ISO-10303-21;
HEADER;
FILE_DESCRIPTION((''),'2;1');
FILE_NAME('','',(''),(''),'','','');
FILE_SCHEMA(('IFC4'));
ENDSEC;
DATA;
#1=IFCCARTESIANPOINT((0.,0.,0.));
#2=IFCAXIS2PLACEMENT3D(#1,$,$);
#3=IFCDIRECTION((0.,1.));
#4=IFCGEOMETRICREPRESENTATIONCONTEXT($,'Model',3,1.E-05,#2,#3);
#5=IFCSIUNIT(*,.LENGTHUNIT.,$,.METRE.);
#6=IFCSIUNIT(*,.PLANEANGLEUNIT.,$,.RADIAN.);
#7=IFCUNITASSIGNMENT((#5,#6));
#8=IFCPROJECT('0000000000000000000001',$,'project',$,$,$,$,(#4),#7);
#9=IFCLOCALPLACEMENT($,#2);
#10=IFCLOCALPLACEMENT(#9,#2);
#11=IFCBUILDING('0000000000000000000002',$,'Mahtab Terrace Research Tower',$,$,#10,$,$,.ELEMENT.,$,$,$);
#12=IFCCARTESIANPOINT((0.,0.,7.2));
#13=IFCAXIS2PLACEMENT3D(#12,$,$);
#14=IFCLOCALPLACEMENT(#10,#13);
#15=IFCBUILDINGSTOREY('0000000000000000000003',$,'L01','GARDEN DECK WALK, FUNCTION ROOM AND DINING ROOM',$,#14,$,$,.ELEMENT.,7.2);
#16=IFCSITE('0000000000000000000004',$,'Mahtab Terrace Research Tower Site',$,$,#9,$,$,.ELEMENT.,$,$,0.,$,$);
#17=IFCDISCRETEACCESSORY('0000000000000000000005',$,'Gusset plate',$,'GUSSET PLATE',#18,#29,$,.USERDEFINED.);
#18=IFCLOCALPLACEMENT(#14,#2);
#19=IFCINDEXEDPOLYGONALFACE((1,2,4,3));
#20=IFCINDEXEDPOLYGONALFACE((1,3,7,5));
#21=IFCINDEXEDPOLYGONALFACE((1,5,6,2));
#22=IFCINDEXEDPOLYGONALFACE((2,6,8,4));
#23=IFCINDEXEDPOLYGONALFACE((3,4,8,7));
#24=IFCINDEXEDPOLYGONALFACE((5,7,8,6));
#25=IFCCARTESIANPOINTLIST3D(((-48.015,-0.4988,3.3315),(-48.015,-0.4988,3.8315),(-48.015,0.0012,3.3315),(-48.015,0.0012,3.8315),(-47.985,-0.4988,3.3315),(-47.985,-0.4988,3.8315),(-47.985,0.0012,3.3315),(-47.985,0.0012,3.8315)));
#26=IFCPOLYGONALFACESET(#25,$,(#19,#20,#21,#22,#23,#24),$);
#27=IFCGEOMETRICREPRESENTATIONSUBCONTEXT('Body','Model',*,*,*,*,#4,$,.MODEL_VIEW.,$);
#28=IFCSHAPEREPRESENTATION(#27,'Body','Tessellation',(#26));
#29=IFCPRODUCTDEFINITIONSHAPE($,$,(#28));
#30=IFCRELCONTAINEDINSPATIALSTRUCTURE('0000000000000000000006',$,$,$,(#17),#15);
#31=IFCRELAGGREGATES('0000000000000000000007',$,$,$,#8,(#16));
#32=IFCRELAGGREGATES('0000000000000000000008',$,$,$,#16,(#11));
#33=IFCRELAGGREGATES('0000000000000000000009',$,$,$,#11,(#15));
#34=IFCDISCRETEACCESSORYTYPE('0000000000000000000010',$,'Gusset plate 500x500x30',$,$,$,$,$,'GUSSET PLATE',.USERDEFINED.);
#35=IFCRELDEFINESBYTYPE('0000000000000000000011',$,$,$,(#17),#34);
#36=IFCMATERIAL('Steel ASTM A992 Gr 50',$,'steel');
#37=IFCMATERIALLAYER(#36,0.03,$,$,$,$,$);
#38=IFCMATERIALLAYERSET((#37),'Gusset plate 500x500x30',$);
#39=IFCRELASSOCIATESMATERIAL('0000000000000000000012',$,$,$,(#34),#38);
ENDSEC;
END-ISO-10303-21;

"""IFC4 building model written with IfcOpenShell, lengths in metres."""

from ifc_helpers import new_model, si_unit, direction, frame, origin, origin_2d, place, context, subcontext, project, spatial, rectangle, extrude, material, layer, layer_set, type_object, element, save


model = new_model("IFC4")

# Units and contexts
model_context = context("Model", 3, precision=1e-05, world=origin(), true_north=direction((0.0, 1.0)))
body_context = subcontext(model_context, "Body", "Model", "MODEL_VIEW")
ifc_project = project(units=[si_unit("LENGTHUNIT", "METRE"), si_unit("PLANEANGLEUNIT", "RADIAN")], contexts=[model_context])

# Site, building, storey
site_placement = place(None, origin())
site = spatial("IfcSite", under=ifc_project, at=site_placement, Name="Mahtab Terrace Research Tower Site", CompositionType="ELEMENT", RefElevation=0.0)
building_placement = place(site_placement, origin())
building = spatial("IfcBuilding", under=site, at=building_placement, Name="Mahtab Terrace Research Tower", CompositionType="ELEMENT")
storey_placement = place(building_placement, frame((0.0, 0.0, 7.2)))
storey = spatial("IfcBuildingStorey", under=building, at=storey_placement, Name="L01", Description="GARDEN DECK WALK, FUNCTION ROOM AND DINING ROOM", CompositionType="ELEMENT", Elevation=7.2)

# Shared definitions
ifc_material_1 = material(Name="Steel ASTM A992 Gr 50", Category="steel")

# Discrete accessory
ifc_layer_1 = layer(ifc_material_1, 0.03)
ifc_layer_set_1 = layer_set([ifc_layer_1], Name="Gusset plate 500x500x30")
discrete_accessory_type = type_object("IfcDiscreteAccessoryType", Name="Gusset plate 500x500x30", ElementType="GUSSET PLATE", PredefinedType="USERDEFINED", material=ifc_layer_set_1)
for number, where, z_axis, x_axis, name in (
    (1, (-48.0, -0.2488, 3.3315), (0.0, 0.0, 1.0), (0.0, 1.0, 0.0), "Gusset plate"),
):
    element("IfcDiscreteAccessory", number, at=place(storey_placement, frame(where, z_axis=z_axis, x_axis=x_axis)), inside=storey, type_object=discrete_accessory_type, Name=name, ObjectType="GUSSET PLATE", PredefinedType="USERDEFINED", context=body_context, shape_type="SweptSolid", body=[
        extrude(rectangle(XDim=0.5, YDim=0.03, at=origin_2d()), origin(), (0.0, 0.0, 1.0), 0.5),
    ])

save(model, "model.ifc")
